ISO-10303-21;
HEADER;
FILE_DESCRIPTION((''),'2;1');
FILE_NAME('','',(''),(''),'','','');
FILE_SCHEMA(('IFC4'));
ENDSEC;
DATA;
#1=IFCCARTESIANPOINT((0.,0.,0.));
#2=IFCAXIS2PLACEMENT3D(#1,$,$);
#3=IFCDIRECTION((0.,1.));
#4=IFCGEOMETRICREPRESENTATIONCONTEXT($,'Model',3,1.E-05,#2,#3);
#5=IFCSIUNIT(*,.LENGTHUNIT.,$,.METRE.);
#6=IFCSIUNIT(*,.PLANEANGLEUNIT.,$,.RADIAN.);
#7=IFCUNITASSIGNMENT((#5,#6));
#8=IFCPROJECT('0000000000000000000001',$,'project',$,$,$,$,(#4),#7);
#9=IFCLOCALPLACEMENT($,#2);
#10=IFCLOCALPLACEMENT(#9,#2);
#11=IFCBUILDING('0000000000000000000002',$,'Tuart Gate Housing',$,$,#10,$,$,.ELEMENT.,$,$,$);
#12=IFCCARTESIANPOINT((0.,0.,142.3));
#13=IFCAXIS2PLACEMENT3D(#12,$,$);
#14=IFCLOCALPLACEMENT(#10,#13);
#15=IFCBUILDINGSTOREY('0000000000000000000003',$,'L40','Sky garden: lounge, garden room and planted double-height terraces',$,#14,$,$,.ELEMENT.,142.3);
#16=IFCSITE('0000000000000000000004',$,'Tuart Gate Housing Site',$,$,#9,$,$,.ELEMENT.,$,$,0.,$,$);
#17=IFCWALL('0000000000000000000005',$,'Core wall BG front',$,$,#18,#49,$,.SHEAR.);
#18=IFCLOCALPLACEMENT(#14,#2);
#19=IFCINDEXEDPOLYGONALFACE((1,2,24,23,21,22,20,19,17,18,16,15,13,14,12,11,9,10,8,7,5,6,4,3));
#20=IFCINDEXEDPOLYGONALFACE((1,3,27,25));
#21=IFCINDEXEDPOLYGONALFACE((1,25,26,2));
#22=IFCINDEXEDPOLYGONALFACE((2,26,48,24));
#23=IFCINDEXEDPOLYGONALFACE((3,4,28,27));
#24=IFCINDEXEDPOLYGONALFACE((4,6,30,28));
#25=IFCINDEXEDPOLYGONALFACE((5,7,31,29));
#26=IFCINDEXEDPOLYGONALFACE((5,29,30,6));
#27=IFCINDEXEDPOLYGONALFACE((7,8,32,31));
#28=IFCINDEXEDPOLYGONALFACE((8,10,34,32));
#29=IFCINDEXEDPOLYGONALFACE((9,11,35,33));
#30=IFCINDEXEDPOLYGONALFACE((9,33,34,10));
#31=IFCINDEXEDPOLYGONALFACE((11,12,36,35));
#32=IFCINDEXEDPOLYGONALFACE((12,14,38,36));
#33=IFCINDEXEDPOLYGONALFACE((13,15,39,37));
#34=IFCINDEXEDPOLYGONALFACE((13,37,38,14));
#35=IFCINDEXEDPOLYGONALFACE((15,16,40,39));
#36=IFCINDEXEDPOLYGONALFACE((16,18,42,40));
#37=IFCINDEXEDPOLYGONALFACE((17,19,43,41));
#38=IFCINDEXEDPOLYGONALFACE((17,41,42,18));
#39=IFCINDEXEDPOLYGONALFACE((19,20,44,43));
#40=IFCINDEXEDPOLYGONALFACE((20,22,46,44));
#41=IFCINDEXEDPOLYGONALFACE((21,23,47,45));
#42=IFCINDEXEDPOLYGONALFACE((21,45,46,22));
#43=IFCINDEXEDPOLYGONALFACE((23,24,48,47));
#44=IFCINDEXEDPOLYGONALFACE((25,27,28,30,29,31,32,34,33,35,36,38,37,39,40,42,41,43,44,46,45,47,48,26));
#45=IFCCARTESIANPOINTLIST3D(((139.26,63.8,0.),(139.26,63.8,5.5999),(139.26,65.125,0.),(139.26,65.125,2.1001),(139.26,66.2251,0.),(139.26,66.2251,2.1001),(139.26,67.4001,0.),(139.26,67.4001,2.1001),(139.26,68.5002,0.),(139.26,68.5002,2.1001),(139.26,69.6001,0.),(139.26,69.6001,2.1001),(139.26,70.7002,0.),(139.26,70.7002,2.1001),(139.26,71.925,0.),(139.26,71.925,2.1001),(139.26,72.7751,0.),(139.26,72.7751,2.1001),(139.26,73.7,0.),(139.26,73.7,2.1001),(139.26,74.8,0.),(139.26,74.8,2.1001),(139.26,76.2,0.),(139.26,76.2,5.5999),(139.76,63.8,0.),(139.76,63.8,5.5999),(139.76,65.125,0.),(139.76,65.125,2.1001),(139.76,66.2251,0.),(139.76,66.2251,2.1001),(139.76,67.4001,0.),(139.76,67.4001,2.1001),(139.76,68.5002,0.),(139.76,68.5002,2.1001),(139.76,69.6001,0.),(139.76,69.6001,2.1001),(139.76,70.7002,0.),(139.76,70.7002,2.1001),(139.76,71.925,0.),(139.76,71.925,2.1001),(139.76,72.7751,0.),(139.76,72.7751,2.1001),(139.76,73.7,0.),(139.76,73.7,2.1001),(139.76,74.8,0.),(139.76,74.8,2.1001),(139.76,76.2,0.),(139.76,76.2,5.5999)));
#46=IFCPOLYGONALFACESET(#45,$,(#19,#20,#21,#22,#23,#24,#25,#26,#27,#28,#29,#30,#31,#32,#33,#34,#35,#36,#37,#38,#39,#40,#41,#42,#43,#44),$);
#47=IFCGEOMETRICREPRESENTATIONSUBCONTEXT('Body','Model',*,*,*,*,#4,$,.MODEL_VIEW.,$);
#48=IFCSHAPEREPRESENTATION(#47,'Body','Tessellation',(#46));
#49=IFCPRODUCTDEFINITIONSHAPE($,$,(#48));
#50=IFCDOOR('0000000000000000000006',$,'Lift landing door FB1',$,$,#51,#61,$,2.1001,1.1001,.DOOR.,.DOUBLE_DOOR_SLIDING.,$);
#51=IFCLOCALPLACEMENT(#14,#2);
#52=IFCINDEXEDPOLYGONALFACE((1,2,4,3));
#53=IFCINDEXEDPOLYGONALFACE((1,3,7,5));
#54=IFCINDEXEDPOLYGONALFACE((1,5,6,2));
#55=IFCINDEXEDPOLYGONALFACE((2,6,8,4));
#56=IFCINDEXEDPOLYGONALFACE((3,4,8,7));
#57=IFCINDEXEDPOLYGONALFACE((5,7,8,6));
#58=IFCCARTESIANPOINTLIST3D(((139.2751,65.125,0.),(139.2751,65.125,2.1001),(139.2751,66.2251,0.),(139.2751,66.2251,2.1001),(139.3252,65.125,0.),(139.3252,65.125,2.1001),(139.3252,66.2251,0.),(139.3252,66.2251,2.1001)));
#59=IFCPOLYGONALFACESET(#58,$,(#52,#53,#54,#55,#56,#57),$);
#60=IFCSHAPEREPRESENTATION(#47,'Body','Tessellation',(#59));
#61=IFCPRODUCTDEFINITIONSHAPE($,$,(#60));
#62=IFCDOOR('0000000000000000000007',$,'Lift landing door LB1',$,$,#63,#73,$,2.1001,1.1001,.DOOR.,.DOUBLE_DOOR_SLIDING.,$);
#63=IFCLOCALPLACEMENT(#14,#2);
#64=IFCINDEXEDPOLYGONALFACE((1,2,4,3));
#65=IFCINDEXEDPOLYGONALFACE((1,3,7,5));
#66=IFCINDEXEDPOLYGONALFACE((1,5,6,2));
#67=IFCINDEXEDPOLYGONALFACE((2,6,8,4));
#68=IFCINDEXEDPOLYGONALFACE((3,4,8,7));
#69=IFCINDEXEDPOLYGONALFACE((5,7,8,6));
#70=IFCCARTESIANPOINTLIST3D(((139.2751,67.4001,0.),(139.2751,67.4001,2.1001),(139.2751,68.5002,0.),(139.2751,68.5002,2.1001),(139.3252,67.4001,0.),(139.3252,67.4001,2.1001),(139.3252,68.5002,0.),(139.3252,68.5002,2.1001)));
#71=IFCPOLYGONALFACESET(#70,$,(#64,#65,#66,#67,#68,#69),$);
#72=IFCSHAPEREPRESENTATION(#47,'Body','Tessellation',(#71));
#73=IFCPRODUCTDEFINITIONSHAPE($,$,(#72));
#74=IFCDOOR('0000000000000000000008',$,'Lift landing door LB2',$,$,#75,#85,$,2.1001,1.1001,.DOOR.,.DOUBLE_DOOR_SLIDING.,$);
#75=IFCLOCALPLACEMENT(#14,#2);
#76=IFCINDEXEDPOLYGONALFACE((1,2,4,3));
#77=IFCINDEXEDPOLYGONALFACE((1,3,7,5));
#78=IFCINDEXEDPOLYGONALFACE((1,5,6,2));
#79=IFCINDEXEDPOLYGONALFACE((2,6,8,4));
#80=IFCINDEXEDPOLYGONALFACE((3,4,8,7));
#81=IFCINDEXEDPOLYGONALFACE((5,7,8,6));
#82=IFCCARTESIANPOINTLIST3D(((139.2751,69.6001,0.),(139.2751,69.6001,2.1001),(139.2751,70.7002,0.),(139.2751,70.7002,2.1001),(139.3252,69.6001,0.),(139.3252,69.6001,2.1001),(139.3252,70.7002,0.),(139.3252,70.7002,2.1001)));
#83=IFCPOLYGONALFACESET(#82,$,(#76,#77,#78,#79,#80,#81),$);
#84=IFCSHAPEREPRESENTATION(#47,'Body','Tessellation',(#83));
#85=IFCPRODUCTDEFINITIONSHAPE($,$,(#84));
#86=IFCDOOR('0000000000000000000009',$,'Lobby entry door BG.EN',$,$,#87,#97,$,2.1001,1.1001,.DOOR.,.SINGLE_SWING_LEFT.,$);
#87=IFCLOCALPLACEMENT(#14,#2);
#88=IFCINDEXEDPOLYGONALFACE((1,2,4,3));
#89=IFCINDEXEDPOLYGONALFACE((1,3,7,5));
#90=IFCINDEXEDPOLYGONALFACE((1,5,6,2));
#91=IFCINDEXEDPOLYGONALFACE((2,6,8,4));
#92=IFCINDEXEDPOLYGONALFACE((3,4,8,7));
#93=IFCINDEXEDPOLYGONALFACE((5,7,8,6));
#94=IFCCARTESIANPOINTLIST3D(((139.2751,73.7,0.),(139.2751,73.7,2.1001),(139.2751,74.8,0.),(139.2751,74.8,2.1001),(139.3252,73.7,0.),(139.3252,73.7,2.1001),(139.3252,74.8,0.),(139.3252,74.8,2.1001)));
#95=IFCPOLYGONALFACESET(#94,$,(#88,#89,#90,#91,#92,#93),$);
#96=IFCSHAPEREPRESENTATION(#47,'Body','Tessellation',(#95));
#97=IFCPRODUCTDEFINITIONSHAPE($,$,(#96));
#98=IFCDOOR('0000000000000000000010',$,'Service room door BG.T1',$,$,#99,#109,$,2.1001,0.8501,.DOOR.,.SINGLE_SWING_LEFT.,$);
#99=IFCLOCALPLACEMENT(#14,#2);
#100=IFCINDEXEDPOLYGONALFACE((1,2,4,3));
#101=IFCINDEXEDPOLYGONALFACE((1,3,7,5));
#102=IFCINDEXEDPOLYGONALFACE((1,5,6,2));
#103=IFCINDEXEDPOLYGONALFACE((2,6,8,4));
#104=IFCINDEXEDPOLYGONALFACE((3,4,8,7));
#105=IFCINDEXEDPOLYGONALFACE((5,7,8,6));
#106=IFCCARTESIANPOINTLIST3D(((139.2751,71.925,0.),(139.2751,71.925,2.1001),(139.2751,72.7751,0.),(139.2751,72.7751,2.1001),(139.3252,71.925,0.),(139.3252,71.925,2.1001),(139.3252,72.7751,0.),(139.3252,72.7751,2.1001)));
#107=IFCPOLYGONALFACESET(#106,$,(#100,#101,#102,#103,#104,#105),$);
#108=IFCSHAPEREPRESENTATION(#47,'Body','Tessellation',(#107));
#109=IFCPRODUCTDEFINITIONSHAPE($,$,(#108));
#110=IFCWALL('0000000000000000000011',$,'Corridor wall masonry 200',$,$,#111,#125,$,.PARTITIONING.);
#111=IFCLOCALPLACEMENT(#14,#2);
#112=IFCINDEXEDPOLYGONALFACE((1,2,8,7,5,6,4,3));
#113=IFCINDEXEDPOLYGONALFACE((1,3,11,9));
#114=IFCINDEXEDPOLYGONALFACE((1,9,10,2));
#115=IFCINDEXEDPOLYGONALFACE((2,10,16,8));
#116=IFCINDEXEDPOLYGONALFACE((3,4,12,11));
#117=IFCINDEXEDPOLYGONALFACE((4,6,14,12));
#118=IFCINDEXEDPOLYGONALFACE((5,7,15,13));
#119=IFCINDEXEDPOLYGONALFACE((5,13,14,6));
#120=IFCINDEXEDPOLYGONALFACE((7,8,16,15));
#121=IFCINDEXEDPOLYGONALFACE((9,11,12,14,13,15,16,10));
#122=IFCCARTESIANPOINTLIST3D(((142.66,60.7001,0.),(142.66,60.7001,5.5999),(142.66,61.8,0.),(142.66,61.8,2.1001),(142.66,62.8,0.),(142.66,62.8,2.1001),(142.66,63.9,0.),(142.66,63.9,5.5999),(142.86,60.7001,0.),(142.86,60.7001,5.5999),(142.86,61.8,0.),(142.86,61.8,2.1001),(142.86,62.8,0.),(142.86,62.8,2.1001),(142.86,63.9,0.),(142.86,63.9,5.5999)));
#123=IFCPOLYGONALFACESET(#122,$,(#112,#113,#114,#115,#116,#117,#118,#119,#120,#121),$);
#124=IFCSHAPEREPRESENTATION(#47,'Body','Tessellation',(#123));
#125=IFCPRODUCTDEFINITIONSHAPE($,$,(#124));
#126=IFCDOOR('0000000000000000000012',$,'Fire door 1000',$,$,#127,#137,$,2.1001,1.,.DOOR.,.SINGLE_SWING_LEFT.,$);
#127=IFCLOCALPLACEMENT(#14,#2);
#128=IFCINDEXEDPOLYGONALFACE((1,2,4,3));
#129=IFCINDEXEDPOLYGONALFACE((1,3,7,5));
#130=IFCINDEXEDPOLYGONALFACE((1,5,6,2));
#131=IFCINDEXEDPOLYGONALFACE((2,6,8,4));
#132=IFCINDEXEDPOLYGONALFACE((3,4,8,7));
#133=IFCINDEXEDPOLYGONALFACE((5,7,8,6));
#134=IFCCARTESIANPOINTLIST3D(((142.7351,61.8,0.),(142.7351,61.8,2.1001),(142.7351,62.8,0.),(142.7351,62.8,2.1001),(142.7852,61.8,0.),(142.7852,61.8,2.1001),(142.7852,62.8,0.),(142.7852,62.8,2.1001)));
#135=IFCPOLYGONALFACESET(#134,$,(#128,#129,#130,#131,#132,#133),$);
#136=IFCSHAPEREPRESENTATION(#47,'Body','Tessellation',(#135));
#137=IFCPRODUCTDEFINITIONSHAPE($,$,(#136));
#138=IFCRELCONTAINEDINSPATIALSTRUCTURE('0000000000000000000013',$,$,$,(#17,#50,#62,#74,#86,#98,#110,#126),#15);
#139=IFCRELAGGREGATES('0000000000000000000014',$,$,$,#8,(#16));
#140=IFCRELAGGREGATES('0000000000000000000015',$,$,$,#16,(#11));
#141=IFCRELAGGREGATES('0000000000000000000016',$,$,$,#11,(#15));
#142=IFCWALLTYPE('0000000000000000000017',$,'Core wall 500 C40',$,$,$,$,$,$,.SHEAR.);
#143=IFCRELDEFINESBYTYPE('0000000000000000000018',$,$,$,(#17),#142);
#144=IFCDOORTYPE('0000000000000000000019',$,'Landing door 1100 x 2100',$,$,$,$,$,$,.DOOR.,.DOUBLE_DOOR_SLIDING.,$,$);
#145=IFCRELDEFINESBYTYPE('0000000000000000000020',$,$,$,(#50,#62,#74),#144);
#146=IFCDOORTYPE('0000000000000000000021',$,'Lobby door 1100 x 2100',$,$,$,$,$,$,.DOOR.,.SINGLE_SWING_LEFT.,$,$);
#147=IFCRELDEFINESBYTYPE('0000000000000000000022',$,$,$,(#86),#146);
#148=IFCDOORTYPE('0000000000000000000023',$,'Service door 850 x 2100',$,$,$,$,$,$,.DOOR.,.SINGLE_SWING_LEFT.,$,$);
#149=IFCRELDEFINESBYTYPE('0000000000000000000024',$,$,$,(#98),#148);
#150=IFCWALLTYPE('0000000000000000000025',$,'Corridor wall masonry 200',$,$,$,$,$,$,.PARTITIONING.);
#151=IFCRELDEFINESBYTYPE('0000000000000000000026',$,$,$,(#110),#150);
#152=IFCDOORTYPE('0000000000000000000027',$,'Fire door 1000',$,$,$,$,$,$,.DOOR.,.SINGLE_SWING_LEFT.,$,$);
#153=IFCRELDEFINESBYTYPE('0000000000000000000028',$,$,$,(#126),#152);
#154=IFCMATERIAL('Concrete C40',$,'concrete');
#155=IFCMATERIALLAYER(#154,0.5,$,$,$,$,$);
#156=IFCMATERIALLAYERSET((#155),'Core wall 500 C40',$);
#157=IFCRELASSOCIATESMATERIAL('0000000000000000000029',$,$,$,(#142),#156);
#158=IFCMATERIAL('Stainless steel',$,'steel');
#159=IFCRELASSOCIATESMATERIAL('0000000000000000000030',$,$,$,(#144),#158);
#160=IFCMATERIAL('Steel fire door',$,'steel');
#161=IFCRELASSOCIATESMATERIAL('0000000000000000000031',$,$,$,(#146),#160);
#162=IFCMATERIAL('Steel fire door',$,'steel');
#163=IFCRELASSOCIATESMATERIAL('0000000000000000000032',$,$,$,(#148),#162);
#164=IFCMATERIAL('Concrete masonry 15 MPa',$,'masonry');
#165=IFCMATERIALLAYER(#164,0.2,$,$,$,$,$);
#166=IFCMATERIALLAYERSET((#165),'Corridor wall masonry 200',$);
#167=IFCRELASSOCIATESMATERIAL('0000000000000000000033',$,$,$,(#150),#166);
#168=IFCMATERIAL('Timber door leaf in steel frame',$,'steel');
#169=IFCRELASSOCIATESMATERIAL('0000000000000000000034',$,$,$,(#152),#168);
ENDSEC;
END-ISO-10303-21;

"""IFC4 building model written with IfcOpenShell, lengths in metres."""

from ifc_helpers import new_model, si_unit, direction, frame, frame_2d, origin, place, context, subcontext, project, spatial, rectangle, extrude, material, layer, layer_set, type_object, element, fill, save


model = new_model("IFC4")

# Units and contexts
model_context = context("Model", 3, precision=1e-05, world=origin(), true_north=direction((0.0, 1.0)))
body_context = subcontext(model_context, "Body", "Model", "MODEL_VIEW")
ifc_project = project(units=[si_unit("LENGTHUNIT", "METRE"), si_unit("PLANEANGLEUNIT", "RADIAN")], contexts=[model_context])

# Site, building, storey
site_placement = place(None, origin())
site = spatial("IfcSite", under=ifc_project, at=site_placement, Name="Tuart Gate Housing Site", CompositionType="ELEMENT", RefElevation=0.0)
building_placement = place(site_placement, origin())
building = spatial("IfcBuilding", under=site, at=building_placement, Name="Tuart Gate Housing", CompositionType="ELEMENT")
storey_placement = place(building_placement, frame((0.0, 0.0, 142.3)))
storey = spatial("IfcBuildingStorey", under=building, at=storey_placement, Name="L40", Description="Sky garden: lounge, garden room and planted double-height terraces", CompositionType="ELEMENT", Elevation=142.3)

# Wall, openings, doors
ifc_material_1 = material(Name="Concrete C40", Category="concrete")
ifc_layer_1 = layer(ifc_material_1, 0.5)
ifc_layer_set_1 = layer_set([ifc_layer_1], Name="Core wall 500 C40")
wall_type_1 = type_object("IfcWallType", Name="Core wall 500 C40", PredefinedType="SHEAR", material=ifc_layer_set_1)
wall_1_placement = place(storey_placement, frame((139.51, 63.8, 0.0), z_axis=(0.0, 0.0, 1.0), x_axis=(0.0, 1.0, 0.0)))
wall_1 = element("IfcWall", 1, at=wall_1_placement, inside=storey, type_object=wall_type_1, Name="Core wall BG front", PredefinedType="SHEAR", context=body_context, shape_type="SweptSolid", body=[
    extrude(rectangle(XDim=12.3999, YDim=0.5, at=frame_2d((6.2, 0.0))), origin(), (0.0, 0.0, 1.0), 5.5999),
])
opening_1_placement = place(wall_1_placement, frame((1.325, 0.0, 0.0)))
opening_1 = element("IfcOpeningElement", 2, at=opening_1_placement, cuts=wall_1, PredefinedType="OPENING", context=body_context, shape_type="SweptSolid", body=[
    extrude(rectangle(XDim=1.1001, YDim=2.1001, at=frame_2d((0.55, 1.05))), frame((0.0, 0.26, 0.0), z_axis=(0.0, -1.0, 0.0), x_axis=(1.0, 0.0, 0.0)), (0.0, 0.0, 1.0), 0.52),
])
opening_2_placement = place(wall_1_placement, frame((3.6001, 0.0, 0.0)))
opening_2 = element("IfcOpeningElement", 3, at=opening_2_placement, cuts=wall_1, PredefinedType="OPENING", context=body_context, shape_type="SweptSolid", body=[
    extrude(rectangle(XDim=1.1001, YDim=2.1001, at=frame_2d((0.55, 1.05))), frame((0.0, 0.26, 0.0), z_axis=(0.0, -1.0, 0.0), x_axis=(1.0, 0.0, 0.0)), (0.0, 0.0, 1.0), 0.52),
])
opening_3_placement = place(wall_1_placement, frame((5.8, 0.0, 0.0)))
opening_3 = element("IfcOpeningElement", 4, at=opening_3_placement, cuts=wall_1, PredefinedType="OPENING", context=body_context, shape_type="SweptSolid", body=[
    extrude(rectangle(XDim=1.1001, YDim=2.1001, at=frame_2d((0.55, 1.05))), frame((0.0, 0.26, 0.0), z_axis=(0.0, -1.0, 0.0), x_axis=(1.0, 0.0, 0.0)), (0.0, 0.0, 1.0), 0.52),
])
opening_4_placement = place(wall_1_placement, frame((9.8999, 0.0, 0.0)))
opening_4 = element("IfcOpeningElement", 5, at=opening_4_placement, cuts=wall_1, PredefinedType="OPENING", context=body_context, shape_type="SweptSolid", body=[
    extrude(rectangle(XDim=1.1001, YDim=2.1001, at=frame_2d((0.55, 1.05))), frame((0.0, 0.26, 0.0), z_axis=(0.0, -1.0, 0.0), x_axis=(1.0, 0.0, 0.0)), (0.0, 0.0, 1.0), 0.52),
])
opening_5_placement = place(wall_1_placement, frame((8.125, 0.0, 0.0)))
opening_5 = element("IfcOpeningElement", 6, at=opening_5_placement, cuts=wall_1, PredefinedType="OPENING", context=body_context, shape_type="SweptSolid", body=[
    extrude(rectangle(XDim=0.8501, YDim=2.1001, at=frame_2d((0.425, 1.05))), frame((0.0, 0.26, 0.0), z_axis=(0.0, -1.0, 0.0), x_axis=(1.0, 0.0, 0.0)), (0.0, 0.0, 1.0), 0.52),
])
ifc_material_2 = material(Name="Stainless steel", Category="steel")
door_type_1 = type_object("IfcDoorType", Name="Landing door 1100 x 2100", OperationType="DOUBLE_DOOR_SLIDING", PredefinedType="DOOR", material=ifc_material_2)
door_1_placement = place(opening_1_placement, origin())
door_1 = element("IfcDoor", 7, at=door_1_placement, inside=storey, type_object=door_type_1, Name="Lift landing door FB1", OperationType="DOUBLE_DOOR_SLIDING", OverallHeight=2.1001, OverallWidth=1.1001, PredefinedType="DOOR", context=body_context, shape_type="SweptSolid", body=[
    extrude(rectangle(XDim=1.1001, YDim=2.1001, at=frame_2d((0.55, 1.05))), frame((0.0, 0.2349, 0.0), z_axis=(0.0, -1.0, 0.0), x_axis=(1.0, 0.0, 0.0)), (0.0, 0.0, 1.0), 0.05),
])
fill(opening_1, door_1)
door_2_placement = place(opening_2_placement, origin())
door_2 = element("IfcDoor", 8, at=door_2_placement, inside=storey, type_object=door_type_1, Name="Lift landing door LB1", OperationType="DOUBLE_DOOR_SLIDING", OverallHeight=2.1001, OverallWidth=1.1001, PredefinedType="DOOR", context=body_context, shape_type="SweptSolid", body=[
    extrude(rectangle(XDim=1.1001, YDim=2.1001, at=frame_2d((0.55, 1.05))), frame((0.0, 0.2349, 0.0), z_axis=(0.0, -1.0, 0.0), x_axis=(1.0, 0.0, 0.0)), (0.0, 0.0, 1.0), 0.05),
])
fill(opening_2, door_2)
door_3_placement = place(opening_3_placement, origin())
door_3 = element("IfcDoor", 9, at=door_3_placement, inside=storey, type_object=door_type_1, Name="Lift landing door LB2", OperationType="DOUBLE_DOOR_SLIDING", OverallHeight=2.1001, OverallWidth=1.1001, PredefinedType="DOOR", context=body_context, shape_type="SweptSolid", body=[
    extrude(rectangle(XDim=1.1001, YDim=2.1001, at=frame_2d((0.55, 1.05))), frame((0.0, 0.2349, 0.0), z_axis=(0.0, -1.0, 0.0), x_axis=(1.0, 0.0, 0.0)), (0.0, 0.0, 1.0), 0.05),
])
fill(opening_3, door_3)
ifc_material_3 = material(Name="Steel fire door", Category="steel")
door_type_2 = type_object("IfcDoorType", Name="Lobby door 1100 x 2100", OperationType="SINGLE_SWING_LEFT", PredefinedType="DOOR", material=ifc_material_3)
door_4_placement = place(opening_4_placement, origin())
door_4 = element("IfcDoor", 10, at=door_4_placement, inside=storey, type_object=door_type_2, Name="Lobby entry door BG.EN", OperationType="SINGLE_SWING_LEFT", OverallHeight=2.1001, OverallWidth=1.1001, PredefinedType="DOOR", context=body_context, shape_type="SweptSolid", body=[
    extrude(rectangle(XDim=1.1001, YDim=2.1001, at=frame_2d((0.55, 1.05))), frame((0.0, 0.2349, 0.0), z_axis=(0.0, -1.0, 0.0), x_axis=(1.0, 0.0, 0.0)), (0.0, 0.0, 1.0), 0.05),
])
fill(opening_4, door_4)
ifc_material_4 = material(Name="Steel fire door", Category="steel")
door_type_3 = type_object("IfcDoorType", Name="Service door 850 x 2100", OperationType="SINGLE_SWING_LEFT", PredefinedType="DOOR", material=ifc_material_4)
door_5_placement = place(opening_5_placement, origin())
door_5 = element("IfcDoor", 11, at=door_5_placement, inside=storey, type_object=door_type_3, Name="Service room door BG.T1", OperationType="SINGLE_SWING_LEFT", OverallHeight=2.1001, OverallWidth=0.8501, PredefinedType="DOOR", context=body_context, shape_type="SweptSolid", body=[
    extrude(rectangle(XDim=0.8501, YDim=2.1001, at=frame_2d((0.425, 1.05))), frame((0.0, 0.2349, 0.0), z_axis=(0.0, -1.0, 0.0), x_axis=(1.0, 0.0, 0.0)), (0.0, 0.0, 1.0), 0.05),
])
fill(opening_5, door_5)

# Wall, opening, door
ifc_material_5 = material(Name="Concrete masonry 15 MPa", Category="masonry")
ifc_layer_2 = layer(ifc_material_5, 0.2)
ifc_layer_set_2 = layer_set([ifc_layer_2], Name="Corridor wall masonry 200")
wall_type_2 = type_object("IfcWallType", Name="Corridor wall masonry 200", PredefinedType="PARTITIONING", material=ifc_layer_set_2)
wall_2_placement = place(storey_placement, frame((142.76, 60.7, 0.0), z_axis=(0.0, 0.0, 1.0), x_axis=(0.0, 1.0, 0.0)))
wall_2 = element("IfcWall", 12, at=wall_2_placement, inside=storey, type_object=wall_type_2, Name="Corridor wall masonry 200", PredefinedType="PARTITIONING", context=body_context, shape_type="SweptSolid", body=[
    extrude(rectangle(XDim=3.2, YDim=0.2, at=frame_2d((1.6001, 0.0))), origin(), (0.0, 0.0, 1.0), 5.5999),
])
opening_6_placement = place(wall_2_placement, frame((1.1001, 0.0, 0.0)))
opening_6 = element("IfcOpeningElement", 13, at=opening_6_placement, cuts=wall_2, PredefinedType="OPENING", context=body_context, shape_type="SweptSolid", body=[
    extrude(rectangle(XDim=1.0, YDim=2.1001, at=frame_2d((0.5, 1.05))), frame((0.0, 0.1099, 0.0), z_axis=(0.0, -1.0, 0.0), x_axis=(1.0, 0.0, 0.0)), (0.0, 0.0, 1.0), 0.22),
])
ifc_material_6 = material(Name="Timber door leaf in steel frame", Category="steel")
door_type_4 = type_object("IfcDoorType", Name="Fire door 1000", OperationType="SINGLE_SWING_LEFT", PredefinedType="DOOR", material=ifc_material_6)
door_6_placement = place(opening_6_placement, frame((1.0, 0.0, 0.0), z_axis=(0.0, 0.0, 1.0), x_axis=(-1.0, 0.0, 0.0)))
door_6 = element("IfcDoor", 14, at=door_6_placement, inside=storey, type_object=door_type_4, Name="Fire door 1000", OperationType="SINGLE_SWING_LEFT", OverallHeight=2.1001, OverallWidth=1.0, PredefinedType="DOOR", context=body_context, shape_type="SweptSolid", body=[
    extrude(rectangle(XDim=1.0, YDim=2.1001, at=frame_2d((0.5, 1.05))), frame((0.0, 0.0251, 0.0), z_axis=(0.0, -1.0, 0.0), x_axis=(1.0, 0.0, 0.0)), (0.0, 0.0, 1.0), 0.05),
])
fill(opening_6, door_6)

save(model, "model.ifc")
